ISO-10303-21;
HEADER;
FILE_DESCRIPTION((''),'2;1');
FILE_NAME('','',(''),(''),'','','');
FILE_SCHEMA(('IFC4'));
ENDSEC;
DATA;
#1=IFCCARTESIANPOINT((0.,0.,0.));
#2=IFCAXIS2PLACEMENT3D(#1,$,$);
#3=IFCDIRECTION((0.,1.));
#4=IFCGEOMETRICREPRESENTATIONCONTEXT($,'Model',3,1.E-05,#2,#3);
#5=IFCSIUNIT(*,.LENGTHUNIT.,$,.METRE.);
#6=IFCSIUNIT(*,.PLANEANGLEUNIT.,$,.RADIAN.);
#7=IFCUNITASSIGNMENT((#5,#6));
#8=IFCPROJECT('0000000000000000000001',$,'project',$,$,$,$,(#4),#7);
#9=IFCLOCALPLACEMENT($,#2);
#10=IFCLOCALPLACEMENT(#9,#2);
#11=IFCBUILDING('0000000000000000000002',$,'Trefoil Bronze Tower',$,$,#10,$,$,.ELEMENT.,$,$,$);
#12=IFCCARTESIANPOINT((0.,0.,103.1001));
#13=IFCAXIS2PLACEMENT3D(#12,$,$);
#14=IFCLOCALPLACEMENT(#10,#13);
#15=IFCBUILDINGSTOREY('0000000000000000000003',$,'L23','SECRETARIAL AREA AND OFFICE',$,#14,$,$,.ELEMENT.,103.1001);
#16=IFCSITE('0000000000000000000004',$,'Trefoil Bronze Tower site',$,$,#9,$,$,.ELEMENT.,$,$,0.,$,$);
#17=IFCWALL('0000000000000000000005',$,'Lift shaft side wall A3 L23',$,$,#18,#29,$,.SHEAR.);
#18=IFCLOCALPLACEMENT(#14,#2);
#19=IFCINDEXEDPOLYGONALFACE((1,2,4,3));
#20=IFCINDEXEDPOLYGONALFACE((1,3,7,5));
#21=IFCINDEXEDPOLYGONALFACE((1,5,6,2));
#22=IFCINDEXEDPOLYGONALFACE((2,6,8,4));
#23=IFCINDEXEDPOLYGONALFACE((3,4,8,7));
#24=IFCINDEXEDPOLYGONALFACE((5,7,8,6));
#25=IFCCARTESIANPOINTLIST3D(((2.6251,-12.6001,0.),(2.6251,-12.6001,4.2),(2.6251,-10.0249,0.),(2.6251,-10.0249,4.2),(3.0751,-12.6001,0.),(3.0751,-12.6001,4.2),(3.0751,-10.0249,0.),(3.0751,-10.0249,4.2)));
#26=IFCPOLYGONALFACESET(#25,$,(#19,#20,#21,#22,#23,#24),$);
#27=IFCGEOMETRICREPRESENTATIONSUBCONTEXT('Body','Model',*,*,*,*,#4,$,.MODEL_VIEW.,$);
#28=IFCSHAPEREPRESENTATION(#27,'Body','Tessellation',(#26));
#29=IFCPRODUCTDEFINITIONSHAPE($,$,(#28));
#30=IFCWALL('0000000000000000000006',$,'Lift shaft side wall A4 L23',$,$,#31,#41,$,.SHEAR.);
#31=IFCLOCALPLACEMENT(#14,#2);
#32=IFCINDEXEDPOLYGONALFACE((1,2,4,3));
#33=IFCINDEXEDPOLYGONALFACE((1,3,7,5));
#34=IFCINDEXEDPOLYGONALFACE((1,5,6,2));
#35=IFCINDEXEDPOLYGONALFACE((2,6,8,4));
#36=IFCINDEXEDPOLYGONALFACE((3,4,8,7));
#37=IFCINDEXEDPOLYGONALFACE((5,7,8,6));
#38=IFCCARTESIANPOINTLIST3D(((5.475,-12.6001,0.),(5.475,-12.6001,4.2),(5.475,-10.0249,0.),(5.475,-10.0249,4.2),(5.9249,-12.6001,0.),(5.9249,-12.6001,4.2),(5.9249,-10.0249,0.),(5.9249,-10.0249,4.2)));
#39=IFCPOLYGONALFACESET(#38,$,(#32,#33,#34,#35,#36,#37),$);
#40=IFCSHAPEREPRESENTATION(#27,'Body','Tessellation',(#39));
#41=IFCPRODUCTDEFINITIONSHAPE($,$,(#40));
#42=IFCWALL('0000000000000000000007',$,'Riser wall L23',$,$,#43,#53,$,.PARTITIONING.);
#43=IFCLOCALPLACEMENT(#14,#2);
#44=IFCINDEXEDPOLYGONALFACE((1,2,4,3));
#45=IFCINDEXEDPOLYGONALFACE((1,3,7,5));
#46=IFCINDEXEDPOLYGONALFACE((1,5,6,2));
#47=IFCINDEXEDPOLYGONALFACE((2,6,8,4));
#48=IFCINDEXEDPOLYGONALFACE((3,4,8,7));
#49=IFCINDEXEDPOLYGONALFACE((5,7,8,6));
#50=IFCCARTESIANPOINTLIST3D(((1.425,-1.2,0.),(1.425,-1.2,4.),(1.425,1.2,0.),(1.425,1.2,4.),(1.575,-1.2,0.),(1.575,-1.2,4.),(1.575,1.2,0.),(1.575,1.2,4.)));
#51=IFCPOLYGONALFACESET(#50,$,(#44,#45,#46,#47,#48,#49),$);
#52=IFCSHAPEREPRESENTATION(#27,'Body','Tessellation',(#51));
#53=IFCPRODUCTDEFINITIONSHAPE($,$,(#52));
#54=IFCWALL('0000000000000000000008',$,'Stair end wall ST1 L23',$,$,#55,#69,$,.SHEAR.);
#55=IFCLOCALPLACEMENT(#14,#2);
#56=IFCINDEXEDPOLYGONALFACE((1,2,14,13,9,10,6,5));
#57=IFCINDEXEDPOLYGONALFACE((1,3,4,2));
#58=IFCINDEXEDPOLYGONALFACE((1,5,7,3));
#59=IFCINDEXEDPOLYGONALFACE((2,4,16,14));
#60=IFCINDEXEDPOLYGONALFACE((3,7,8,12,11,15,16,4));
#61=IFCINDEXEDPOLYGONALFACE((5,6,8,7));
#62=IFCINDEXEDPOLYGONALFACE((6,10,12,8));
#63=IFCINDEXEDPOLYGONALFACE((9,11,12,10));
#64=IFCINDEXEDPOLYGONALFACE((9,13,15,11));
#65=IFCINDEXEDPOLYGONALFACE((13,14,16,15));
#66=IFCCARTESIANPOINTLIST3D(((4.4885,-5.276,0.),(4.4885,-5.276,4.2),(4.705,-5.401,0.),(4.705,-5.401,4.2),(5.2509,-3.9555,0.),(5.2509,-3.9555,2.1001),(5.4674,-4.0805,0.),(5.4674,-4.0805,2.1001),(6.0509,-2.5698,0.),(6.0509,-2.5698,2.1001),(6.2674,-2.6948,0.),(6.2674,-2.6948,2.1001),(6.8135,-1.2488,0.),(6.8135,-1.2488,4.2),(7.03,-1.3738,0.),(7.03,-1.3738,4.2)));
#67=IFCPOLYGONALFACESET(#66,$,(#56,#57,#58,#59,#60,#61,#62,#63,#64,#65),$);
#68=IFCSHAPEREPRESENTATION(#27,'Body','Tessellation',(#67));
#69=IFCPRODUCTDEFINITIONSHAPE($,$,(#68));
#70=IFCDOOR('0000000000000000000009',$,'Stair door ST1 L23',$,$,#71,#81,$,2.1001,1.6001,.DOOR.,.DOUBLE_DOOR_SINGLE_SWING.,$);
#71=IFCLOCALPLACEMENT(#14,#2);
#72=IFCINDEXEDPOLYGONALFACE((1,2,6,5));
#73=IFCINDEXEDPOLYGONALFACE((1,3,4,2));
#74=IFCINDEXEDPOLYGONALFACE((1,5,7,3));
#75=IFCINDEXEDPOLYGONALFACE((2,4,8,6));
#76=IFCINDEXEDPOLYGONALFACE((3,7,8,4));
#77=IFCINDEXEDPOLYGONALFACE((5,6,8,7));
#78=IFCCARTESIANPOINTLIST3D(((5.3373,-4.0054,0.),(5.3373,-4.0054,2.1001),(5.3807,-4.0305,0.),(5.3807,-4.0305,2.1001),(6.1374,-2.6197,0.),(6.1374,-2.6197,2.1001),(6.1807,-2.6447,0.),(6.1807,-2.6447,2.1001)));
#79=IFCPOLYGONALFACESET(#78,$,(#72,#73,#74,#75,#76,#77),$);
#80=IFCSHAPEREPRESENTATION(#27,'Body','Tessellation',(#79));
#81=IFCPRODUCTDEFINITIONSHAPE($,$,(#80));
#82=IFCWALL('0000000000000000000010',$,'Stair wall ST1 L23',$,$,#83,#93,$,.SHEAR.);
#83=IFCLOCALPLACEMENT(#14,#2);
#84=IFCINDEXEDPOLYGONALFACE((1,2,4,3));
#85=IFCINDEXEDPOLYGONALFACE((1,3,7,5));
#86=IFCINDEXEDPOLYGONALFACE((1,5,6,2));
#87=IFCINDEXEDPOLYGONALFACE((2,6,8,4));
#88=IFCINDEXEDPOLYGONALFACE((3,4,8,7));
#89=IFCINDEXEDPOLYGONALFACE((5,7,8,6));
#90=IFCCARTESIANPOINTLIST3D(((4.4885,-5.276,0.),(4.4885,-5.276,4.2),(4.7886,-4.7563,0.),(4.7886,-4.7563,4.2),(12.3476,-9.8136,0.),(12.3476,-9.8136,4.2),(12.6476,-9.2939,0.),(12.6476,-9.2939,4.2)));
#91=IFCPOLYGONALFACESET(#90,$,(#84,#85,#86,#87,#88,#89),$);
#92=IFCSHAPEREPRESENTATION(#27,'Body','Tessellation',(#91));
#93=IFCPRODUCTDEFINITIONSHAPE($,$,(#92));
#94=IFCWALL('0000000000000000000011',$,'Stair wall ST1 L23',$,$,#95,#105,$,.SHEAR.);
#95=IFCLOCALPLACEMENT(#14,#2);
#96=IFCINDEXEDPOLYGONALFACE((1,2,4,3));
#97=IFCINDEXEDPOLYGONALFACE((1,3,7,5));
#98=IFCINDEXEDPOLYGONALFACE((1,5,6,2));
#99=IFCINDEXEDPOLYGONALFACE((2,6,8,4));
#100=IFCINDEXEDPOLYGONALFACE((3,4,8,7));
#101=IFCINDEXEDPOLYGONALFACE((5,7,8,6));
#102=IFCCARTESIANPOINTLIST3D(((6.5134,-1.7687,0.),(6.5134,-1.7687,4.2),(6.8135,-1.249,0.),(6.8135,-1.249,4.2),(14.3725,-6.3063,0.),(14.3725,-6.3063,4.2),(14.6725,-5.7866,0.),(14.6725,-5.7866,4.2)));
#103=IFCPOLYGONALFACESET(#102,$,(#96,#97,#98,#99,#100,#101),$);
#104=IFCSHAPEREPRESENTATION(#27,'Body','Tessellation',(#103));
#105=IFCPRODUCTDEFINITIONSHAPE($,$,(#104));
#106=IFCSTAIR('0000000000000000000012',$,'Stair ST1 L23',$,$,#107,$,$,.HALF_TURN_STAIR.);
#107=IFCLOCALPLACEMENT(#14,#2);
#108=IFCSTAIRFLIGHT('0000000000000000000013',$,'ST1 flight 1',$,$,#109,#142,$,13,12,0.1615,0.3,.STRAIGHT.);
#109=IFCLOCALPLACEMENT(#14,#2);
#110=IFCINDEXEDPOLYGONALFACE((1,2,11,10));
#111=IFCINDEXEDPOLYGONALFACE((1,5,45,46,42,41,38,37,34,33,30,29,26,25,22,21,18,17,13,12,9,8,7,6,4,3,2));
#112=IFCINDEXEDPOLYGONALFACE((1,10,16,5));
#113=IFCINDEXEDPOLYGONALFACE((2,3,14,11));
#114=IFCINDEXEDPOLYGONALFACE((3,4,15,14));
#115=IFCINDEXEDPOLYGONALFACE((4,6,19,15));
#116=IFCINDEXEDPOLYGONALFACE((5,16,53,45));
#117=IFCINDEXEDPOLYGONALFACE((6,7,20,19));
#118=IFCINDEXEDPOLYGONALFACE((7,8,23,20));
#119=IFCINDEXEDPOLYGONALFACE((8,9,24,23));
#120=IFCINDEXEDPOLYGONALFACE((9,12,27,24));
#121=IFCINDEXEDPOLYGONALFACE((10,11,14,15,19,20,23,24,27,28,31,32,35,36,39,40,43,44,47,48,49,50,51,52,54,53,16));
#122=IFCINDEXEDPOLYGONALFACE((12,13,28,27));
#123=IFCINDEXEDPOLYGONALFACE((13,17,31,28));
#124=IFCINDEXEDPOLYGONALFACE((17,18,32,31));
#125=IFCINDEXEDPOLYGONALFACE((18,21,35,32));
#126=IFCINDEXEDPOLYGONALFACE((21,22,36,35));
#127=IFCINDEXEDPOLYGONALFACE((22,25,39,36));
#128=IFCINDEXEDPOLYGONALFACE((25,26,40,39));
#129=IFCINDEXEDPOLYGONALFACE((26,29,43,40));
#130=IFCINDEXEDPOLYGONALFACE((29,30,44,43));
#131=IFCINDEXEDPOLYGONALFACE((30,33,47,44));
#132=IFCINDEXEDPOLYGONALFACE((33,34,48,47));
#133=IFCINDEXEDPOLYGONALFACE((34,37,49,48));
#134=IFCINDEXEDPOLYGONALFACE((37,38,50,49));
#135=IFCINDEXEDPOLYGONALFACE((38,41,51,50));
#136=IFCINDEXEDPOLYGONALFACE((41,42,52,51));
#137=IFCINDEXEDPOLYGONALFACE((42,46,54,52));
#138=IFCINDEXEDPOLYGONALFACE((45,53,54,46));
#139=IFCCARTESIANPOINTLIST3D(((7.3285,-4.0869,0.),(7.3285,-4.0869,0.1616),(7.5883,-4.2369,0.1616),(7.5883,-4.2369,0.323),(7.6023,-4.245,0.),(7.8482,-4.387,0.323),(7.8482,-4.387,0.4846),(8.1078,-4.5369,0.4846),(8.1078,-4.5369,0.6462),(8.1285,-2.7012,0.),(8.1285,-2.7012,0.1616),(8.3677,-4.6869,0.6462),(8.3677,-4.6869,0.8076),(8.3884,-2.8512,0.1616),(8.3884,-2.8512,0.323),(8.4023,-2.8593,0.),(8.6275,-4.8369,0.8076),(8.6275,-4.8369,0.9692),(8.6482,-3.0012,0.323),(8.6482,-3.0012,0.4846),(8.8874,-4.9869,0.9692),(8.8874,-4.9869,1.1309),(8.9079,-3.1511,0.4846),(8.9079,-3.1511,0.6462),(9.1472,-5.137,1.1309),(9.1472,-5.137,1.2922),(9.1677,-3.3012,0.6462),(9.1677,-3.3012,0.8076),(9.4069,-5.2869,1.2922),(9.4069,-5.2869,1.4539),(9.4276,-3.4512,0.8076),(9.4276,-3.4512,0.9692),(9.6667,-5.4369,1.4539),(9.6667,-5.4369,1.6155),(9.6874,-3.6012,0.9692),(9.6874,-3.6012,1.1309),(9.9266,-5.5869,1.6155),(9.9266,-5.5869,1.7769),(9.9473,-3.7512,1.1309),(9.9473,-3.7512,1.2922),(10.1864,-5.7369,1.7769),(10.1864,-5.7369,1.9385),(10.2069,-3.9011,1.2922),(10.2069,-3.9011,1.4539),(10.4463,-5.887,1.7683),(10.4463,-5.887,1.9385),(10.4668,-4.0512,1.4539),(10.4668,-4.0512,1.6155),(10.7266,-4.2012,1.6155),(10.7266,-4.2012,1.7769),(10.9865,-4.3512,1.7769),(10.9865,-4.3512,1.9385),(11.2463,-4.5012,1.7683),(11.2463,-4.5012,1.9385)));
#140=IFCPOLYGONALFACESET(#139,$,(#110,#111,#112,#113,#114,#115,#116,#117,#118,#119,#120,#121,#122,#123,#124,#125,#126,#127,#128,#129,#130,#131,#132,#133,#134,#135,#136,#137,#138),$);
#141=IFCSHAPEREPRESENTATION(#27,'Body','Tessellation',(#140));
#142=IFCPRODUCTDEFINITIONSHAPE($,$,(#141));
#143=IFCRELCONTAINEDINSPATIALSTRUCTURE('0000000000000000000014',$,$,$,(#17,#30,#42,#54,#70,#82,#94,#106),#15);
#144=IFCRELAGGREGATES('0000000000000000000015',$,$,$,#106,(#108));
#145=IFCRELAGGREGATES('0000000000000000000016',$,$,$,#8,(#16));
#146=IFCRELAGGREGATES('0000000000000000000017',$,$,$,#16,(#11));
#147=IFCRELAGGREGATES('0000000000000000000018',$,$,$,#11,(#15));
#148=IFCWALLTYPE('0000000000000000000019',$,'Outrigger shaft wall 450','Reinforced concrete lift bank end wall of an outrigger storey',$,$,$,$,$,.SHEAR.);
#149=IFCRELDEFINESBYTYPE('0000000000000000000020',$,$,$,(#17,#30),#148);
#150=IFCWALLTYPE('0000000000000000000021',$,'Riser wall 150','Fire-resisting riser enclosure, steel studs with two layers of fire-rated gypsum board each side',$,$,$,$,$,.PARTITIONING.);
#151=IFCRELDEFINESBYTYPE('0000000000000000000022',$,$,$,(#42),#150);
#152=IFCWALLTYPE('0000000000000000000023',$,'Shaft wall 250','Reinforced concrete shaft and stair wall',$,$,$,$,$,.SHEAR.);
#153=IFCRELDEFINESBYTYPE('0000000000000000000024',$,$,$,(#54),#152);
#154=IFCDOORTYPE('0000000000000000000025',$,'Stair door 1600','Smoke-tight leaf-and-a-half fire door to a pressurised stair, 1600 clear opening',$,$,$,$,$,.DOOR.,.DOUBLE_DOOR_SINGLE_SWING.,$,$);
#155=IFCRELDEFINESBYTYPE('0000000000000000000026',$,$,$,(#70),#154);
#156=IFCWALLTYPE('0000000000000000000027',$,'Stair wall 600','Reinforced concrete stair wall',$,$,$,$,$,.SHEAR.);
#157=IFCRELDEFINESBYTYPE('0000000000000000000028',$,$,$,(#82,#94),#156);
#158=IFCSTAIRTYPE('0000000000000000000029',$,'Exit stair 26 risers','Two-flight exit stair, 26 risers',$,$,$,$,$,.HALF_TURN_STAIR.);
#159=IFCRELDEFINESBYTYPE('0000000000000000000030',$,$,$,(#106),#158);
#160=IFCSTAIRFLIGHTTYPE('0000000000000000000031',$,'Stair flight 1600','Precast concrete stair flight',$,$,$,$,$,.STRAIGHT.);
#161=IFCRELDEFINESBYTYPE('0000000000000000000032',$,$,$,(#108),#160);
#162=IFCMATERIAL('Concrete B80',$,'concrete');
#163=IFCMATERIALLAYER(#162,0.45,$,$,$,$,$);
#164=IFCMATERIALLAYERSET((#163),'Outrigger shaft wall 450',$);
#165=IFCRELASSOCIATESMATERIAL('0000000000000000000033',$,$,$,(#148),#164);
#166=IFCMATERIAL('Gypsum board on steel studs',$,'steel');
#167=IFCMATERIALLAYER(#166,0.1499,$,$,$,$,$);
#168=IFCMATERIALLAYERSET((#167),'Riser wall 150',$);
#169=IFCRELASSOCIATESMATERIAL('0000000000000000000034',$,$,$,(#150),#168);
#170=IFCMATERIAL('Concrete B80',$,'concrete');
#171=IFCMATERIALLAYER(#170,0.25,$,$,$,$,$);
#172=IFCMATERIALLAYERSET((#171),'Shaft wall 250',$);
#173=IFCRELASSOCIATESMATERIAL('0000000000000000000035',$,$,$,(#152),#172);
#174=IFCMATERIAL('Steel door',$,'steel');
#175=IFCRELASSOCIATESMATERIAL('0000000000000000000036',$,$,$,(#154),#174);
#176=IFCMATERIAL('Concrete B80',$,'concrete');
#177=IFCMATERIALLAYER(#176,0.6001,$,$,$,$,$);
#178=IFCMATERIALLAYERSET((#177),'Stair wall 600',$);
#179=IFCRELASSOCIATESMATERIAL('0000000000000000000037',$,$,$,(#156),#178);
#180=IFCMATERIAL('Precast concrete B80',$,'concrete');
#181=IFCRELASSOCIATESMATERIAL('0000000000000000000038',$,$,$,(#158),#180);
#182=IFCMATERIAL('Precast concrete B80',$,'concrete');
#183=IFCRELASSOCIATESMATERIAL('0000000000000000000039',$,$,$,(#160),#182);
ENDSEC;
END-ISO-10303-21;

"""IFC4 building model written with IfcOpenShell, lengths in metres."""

from ifc_helpers import new_model, si_unit, direction, frame, frame_2d, origin, place, context, subcontext, project, spatial, polyline, rectangle, outline, extrude, material, layer, layer_set, type_object, element, fill, aggregate, save


model = new_model("IFC4")

# Units and contexts
model_context = context("Model", 3, precision=1e-05, world=origin(), true_north=direction((0.0, 1.0)))
body_context = subcontext(model_context, "Body", "Model", "MODEL_VIEW")
ifc_project = project(units=[si_unit("LENGTHUNIT", "METRE"), si_unit("PLANEANGLEUNIT", "RADIAN")], contexts=[model_context])

# Site, building, storey
site_placement = place(None, origin())
site = spatial("IfcSite", under=ifc_project, at=site_placement, Name="Trefoil Bronze Tower site", CompositionType="ELEMENT", RefElevation=0.0)
building_placement = place(site_placement, origin())
building = spatial("IfcBuilding", under=site, at=building_placement, Name="Trefoil Bronze Tower", CompositionType="ELEMENT")
storey_placement = place(building_placement, frame((0.0, 0.0, 103.1001)))
storey = spatial("IfcBuildingStorey", under=building, at=storey_placement, Name="L23", Description="SECRETARIAL AREA AND OFFICE", CompositionType="ELEMENT", Elevation=103.1001)

# Walls
ifc_material_1 = material(Name="Concrete B80", Category="concrete")
ifc_layer_1 = layer(ifc_material_1, 0.45)
ifc_layer_set_1 = layer_set([ifc_layer_1], Name="Outrigger shaft wall 450")
wall_type_1 = type_object("IfcWallType", Name="Outrigger shaft wall 450", Description="Reinforced concrete lift bank end wall of an outrigger storey", PredefinedType="SHEAR", material=ifc_layer_set_1)
for number, where, z_axis, x_axis, name in (
    (1, (2.8501, -10.0249, 0.0), (0.0, 0.0, 1.0), (0.0, -1.0, 0.0), "Lift shaft side wall A3 L23"),
    (2, (5.7, -10.0249, 0.0), (0.0, 0.0, 1.0), (0.0, -1.0, 0.0), "Lift shaft side wall A4 L23"),
):
    element("IfcWall", number, at=place(storey_placement, frame(where, z_axis=z_axis, x_axis=x_axis)), inside=storey, type_object=wall_type_1, Name=name, PredefinedType="SHEAR", context=body_context, shape_type="SweptSolid", body=[
        extrude(rectangle(XDim=2.5752, YDim=0.45, at=frame_2d((1.2876, 0.0))), origin(), (0.0, 0.0, 1.0), 4.2),
    ])
ifc_material_2 = material(Name="Gypsum board on steel studs", Category="steel")
ifc_layer_2 = layer(ifc_material_2, 0.1499)
ifc_layer_set_2 = layer_set([ifc_layer_2], Name="Riser wall 150")
wall_type_2 = type_object("IfcWallType", Name="Riser wall 150", Description="Fire-resisting riser enclosure, steel studs with two layers of fire-rated gypsum board each side", PredefinedType="PARTITIONING", material=ifc_layer_set_2)
wall_1_placement = place(storey_placement, frame((1.5, -1.2, 0.0), z_axis=(0.0, 0.0, 1.0), x_axis=(0.0, 1.0, 0.0)))
element("IfcWall", 3, at=wall_1_placement, inside=storey, type_object=wall_type_2, Name="Riser wall L23", PredefinedType="PARTITIONING", context=body_context, shape_type="SweptSolid", body=[
    extrude(rectangle(XDim=2.3999, YDim=0.1499, at=frame_2d((1.2, 0.0))), origin(), (0.0, 0.0, 1.0), 4.0),
])

# Wall, opening, door
ifc_material_3 = material(Name="Concrete B80", Category="concrete")
ifc_layer_3 = layer(ifc_material_3, 0.25)
ifc_layer_set_3 = layer_set([ifc_layer_3], Name="Shaft wall 250")
wall_type_3 = type_object("IfcWallType", Name="Shaft wall 250", Description="Reinforced concrete shaft and stair wall", PredefinedType="SHEAR", material=ifc_layer_set_3)
wall_2_placement = place(storey_placement, frame((4.5967, -5.3386, 0.0), z_axis=(0.0, 0.0, 1.0), x_axis=(0.499985, 0.866034, 0.0)))
wall_2 = element("IfcWall", 4, at=wall_2_placement, inside=storey, type_object=wall_type_3, Name="Stair end wall ST1 L23", PredefinedType="SHEAR", context=body_context, shape_type="SweptSolid", body=[
    extrude(rectangle(XDim=4.6501, YDim=0.25, at=frame_2d((2.3252, 0.0))), origin(), (0.0, 0.0, 1.0), 4.2),
])
opening_placement = place(wall_2_placement, frame((1.5249, 0.0, 0.0)))
opening = element("IfcOpeningElement", 5, at=opening_placement, cuts=wall_2, PredefinedType="OPENING", context=body_context, shape_type="SweptSolid", body=[
    extrude(rectangle(XDim=1.6001, YDim=2.1001, at=frame_2d((0.8, 1.05))), frame((0.0, 0.135, 0.0), z_axis=(0.0, -1.0, 0.0), x_axis=(1.0, 0.0, 0.0)), (0.0, 0.0, 1.0), 0.27),
])
ifc_material_4 = material(Name="Steel door", Category="steel")
door_type = type_object("IfcDoorType", Name="Stair door 1600", Description="Smoke-tight leaf-and-a-half fire door to a pressurised stair, 1600 clear opening", OperationType="DOUBLE_DOOR_SINGLE_SWING", PredefinedType="DOOR", material=ifc_material_4)
door_placement = place(opening_placement, frame((1.6001, 0.0, 0.0), z_axis=(0.0, 0.0, 1.0), x_axis=(-1.0, 0.0, 0.0)))
door = element("IfcDoor", 6, at=door_placement, inside=storey, type_object=door_type, Name="Stair door ST1 L23", OperationType="DOUBLE_DOOR_SINGLE_SWING", OverallHeight=2.1001, OverallWidth=1.6001, PredefinedType="DOOR", context=body_context, shape_type="SweptSolid", body=[
    extrude(rectangle(XDim=1.6001, YDim=2.1001, at=frame_2d((0.8, 1.05))), frame((0.0, 0.0249, 0.0), z_axis=(0.0, -1.0, 0.0), x_axis=(1.0, 0.0, 0.0)), (0.0, 0.0, 1.0), 0.05),
])
fill(opening, door)

# Walls
ifc_material_5 = material(Name="Concrete B80", Category="concrete")
ifc_layer_4 = layer(ifc_material_5, 0.6001)
ifc_layer_set_4 = layer_set([ifc_layer_4], Name="Stair wall 600")
wall_type_4 = type_object("IfcWallType", Name="Stair wall 600", Description="Reinforced concrete stair wall", PredefinedType="SHEAR", material=ifc_layer_set_4)
for number, where, z_axis, x_axis, name in (
    (7, (4.6384, -5.0161, 0.0), (0.0, 0.0, 1.0), (0.866019, -0.50001, 0.0), "Stair wall ST1 L23"),
    (8, (6.6633, -1.5088, 0.0), (0.0, 0.0, 1.0), (0.866019, -0.50001, 0.0), "Stair wall ST1 L23"),
):
    element("IfcWall", number, at=place(storey_placement, frame(where, z_axis=z_axis, x_axis=x_axis)), inside=storey, type_object=wall_type_4, Name=name, PredefinedType="SHEAR", context=body_context, shape_type="SweptSolid", body=[
        extrude(rectangle(XDim=9.075, YDim=0.6001, at=frame_2d((4.5376, 0.0))), origin(), (0.0, 0.0, 1.0), 4.2),
    ])

# Stair, stair flight
ifc_material_6 = material(Name="Precast concrete B80", Category="concrete")
stair_type = type_object("IfcStairType", Name="Exit stair 26 risers", Description="Two-flight exit stair, 26 risers", PredefinedType="HALF_TURN_STAIR", material=ifc_material_6)
stair_placement = place(storey_placement, origin())
stair = element("IfcStair", 9, at=stair_placement, inside=storey, type_object=stair_type, Name="Stair ST1 L23", PredefinedType="HALF_TURN_STAIR")
ifc_material_7 = material(Name="Precast concrete B80", Category="concrete")
stair_flight_type = type_object("IfcStairFlightType", Name="Stair flight 1600", Description="Precast concrete stair flight", PredefinedType="STRAIGHT", material=ifc_material_7)
stair_flight_placement = place(storey_placement, frame((7.7285, -3.394, 0.0), z_axis=(0.0, 0.0, 1.0), x_axis=(0.866025, -0.5, 0.0)))
stair_flight = element("IfcStairFlight", 10, at=stair_flight_placement, type_object=stair_flight_type, Name="ST1 flight 1", NumberOfRisers=13, NumberOfTreads=12, PredefinedType="STRAIGHT", RiserHeight=0.1615, TreadLength=0.3, context=body_context, shape_type="SweptSolid", body=[
    extrude(outline(polyline([(0.0, 0.0), (0.0, 0.1616), (0.3, 0.1616), (0.3, 0.323), (0.6001, 0.323), (0.6001, 0.4846), (0.8999, 0.4846), (0.8999, 0.6462), (1.2, 0.6462), (1.2, 0.8076), (1.5, 0.8076), (1.5, 0.9692), (1.8, 0.9692), (1.8, 1.1309), (2.1001, 1.1309), (2.1001, 1.2922), (2.3999, 1.2922), (2.3999, 1.4539), (2.7, 1.4539), (2.7, 1.6155), (3.0, 1.6155), (3.0, 1.7769), (3.3, 1.7769), (3.3, 1.9385), (3.6001, 1.9385), (3.6001, 2.1001), (3.6001, 1.7683), (0.3162, 0.0), (0.0, 0.0)])), frame((0.0, 0.8, 0.0), z_axis=(0.0, -1.0, 0.0), x_axis=(1.0, 0.0, 0.0)), (0.0, 0.0, 1.0), 1.6001),
])
aggregate(stair, [stair_flight])

save(model, "model.ifc")
